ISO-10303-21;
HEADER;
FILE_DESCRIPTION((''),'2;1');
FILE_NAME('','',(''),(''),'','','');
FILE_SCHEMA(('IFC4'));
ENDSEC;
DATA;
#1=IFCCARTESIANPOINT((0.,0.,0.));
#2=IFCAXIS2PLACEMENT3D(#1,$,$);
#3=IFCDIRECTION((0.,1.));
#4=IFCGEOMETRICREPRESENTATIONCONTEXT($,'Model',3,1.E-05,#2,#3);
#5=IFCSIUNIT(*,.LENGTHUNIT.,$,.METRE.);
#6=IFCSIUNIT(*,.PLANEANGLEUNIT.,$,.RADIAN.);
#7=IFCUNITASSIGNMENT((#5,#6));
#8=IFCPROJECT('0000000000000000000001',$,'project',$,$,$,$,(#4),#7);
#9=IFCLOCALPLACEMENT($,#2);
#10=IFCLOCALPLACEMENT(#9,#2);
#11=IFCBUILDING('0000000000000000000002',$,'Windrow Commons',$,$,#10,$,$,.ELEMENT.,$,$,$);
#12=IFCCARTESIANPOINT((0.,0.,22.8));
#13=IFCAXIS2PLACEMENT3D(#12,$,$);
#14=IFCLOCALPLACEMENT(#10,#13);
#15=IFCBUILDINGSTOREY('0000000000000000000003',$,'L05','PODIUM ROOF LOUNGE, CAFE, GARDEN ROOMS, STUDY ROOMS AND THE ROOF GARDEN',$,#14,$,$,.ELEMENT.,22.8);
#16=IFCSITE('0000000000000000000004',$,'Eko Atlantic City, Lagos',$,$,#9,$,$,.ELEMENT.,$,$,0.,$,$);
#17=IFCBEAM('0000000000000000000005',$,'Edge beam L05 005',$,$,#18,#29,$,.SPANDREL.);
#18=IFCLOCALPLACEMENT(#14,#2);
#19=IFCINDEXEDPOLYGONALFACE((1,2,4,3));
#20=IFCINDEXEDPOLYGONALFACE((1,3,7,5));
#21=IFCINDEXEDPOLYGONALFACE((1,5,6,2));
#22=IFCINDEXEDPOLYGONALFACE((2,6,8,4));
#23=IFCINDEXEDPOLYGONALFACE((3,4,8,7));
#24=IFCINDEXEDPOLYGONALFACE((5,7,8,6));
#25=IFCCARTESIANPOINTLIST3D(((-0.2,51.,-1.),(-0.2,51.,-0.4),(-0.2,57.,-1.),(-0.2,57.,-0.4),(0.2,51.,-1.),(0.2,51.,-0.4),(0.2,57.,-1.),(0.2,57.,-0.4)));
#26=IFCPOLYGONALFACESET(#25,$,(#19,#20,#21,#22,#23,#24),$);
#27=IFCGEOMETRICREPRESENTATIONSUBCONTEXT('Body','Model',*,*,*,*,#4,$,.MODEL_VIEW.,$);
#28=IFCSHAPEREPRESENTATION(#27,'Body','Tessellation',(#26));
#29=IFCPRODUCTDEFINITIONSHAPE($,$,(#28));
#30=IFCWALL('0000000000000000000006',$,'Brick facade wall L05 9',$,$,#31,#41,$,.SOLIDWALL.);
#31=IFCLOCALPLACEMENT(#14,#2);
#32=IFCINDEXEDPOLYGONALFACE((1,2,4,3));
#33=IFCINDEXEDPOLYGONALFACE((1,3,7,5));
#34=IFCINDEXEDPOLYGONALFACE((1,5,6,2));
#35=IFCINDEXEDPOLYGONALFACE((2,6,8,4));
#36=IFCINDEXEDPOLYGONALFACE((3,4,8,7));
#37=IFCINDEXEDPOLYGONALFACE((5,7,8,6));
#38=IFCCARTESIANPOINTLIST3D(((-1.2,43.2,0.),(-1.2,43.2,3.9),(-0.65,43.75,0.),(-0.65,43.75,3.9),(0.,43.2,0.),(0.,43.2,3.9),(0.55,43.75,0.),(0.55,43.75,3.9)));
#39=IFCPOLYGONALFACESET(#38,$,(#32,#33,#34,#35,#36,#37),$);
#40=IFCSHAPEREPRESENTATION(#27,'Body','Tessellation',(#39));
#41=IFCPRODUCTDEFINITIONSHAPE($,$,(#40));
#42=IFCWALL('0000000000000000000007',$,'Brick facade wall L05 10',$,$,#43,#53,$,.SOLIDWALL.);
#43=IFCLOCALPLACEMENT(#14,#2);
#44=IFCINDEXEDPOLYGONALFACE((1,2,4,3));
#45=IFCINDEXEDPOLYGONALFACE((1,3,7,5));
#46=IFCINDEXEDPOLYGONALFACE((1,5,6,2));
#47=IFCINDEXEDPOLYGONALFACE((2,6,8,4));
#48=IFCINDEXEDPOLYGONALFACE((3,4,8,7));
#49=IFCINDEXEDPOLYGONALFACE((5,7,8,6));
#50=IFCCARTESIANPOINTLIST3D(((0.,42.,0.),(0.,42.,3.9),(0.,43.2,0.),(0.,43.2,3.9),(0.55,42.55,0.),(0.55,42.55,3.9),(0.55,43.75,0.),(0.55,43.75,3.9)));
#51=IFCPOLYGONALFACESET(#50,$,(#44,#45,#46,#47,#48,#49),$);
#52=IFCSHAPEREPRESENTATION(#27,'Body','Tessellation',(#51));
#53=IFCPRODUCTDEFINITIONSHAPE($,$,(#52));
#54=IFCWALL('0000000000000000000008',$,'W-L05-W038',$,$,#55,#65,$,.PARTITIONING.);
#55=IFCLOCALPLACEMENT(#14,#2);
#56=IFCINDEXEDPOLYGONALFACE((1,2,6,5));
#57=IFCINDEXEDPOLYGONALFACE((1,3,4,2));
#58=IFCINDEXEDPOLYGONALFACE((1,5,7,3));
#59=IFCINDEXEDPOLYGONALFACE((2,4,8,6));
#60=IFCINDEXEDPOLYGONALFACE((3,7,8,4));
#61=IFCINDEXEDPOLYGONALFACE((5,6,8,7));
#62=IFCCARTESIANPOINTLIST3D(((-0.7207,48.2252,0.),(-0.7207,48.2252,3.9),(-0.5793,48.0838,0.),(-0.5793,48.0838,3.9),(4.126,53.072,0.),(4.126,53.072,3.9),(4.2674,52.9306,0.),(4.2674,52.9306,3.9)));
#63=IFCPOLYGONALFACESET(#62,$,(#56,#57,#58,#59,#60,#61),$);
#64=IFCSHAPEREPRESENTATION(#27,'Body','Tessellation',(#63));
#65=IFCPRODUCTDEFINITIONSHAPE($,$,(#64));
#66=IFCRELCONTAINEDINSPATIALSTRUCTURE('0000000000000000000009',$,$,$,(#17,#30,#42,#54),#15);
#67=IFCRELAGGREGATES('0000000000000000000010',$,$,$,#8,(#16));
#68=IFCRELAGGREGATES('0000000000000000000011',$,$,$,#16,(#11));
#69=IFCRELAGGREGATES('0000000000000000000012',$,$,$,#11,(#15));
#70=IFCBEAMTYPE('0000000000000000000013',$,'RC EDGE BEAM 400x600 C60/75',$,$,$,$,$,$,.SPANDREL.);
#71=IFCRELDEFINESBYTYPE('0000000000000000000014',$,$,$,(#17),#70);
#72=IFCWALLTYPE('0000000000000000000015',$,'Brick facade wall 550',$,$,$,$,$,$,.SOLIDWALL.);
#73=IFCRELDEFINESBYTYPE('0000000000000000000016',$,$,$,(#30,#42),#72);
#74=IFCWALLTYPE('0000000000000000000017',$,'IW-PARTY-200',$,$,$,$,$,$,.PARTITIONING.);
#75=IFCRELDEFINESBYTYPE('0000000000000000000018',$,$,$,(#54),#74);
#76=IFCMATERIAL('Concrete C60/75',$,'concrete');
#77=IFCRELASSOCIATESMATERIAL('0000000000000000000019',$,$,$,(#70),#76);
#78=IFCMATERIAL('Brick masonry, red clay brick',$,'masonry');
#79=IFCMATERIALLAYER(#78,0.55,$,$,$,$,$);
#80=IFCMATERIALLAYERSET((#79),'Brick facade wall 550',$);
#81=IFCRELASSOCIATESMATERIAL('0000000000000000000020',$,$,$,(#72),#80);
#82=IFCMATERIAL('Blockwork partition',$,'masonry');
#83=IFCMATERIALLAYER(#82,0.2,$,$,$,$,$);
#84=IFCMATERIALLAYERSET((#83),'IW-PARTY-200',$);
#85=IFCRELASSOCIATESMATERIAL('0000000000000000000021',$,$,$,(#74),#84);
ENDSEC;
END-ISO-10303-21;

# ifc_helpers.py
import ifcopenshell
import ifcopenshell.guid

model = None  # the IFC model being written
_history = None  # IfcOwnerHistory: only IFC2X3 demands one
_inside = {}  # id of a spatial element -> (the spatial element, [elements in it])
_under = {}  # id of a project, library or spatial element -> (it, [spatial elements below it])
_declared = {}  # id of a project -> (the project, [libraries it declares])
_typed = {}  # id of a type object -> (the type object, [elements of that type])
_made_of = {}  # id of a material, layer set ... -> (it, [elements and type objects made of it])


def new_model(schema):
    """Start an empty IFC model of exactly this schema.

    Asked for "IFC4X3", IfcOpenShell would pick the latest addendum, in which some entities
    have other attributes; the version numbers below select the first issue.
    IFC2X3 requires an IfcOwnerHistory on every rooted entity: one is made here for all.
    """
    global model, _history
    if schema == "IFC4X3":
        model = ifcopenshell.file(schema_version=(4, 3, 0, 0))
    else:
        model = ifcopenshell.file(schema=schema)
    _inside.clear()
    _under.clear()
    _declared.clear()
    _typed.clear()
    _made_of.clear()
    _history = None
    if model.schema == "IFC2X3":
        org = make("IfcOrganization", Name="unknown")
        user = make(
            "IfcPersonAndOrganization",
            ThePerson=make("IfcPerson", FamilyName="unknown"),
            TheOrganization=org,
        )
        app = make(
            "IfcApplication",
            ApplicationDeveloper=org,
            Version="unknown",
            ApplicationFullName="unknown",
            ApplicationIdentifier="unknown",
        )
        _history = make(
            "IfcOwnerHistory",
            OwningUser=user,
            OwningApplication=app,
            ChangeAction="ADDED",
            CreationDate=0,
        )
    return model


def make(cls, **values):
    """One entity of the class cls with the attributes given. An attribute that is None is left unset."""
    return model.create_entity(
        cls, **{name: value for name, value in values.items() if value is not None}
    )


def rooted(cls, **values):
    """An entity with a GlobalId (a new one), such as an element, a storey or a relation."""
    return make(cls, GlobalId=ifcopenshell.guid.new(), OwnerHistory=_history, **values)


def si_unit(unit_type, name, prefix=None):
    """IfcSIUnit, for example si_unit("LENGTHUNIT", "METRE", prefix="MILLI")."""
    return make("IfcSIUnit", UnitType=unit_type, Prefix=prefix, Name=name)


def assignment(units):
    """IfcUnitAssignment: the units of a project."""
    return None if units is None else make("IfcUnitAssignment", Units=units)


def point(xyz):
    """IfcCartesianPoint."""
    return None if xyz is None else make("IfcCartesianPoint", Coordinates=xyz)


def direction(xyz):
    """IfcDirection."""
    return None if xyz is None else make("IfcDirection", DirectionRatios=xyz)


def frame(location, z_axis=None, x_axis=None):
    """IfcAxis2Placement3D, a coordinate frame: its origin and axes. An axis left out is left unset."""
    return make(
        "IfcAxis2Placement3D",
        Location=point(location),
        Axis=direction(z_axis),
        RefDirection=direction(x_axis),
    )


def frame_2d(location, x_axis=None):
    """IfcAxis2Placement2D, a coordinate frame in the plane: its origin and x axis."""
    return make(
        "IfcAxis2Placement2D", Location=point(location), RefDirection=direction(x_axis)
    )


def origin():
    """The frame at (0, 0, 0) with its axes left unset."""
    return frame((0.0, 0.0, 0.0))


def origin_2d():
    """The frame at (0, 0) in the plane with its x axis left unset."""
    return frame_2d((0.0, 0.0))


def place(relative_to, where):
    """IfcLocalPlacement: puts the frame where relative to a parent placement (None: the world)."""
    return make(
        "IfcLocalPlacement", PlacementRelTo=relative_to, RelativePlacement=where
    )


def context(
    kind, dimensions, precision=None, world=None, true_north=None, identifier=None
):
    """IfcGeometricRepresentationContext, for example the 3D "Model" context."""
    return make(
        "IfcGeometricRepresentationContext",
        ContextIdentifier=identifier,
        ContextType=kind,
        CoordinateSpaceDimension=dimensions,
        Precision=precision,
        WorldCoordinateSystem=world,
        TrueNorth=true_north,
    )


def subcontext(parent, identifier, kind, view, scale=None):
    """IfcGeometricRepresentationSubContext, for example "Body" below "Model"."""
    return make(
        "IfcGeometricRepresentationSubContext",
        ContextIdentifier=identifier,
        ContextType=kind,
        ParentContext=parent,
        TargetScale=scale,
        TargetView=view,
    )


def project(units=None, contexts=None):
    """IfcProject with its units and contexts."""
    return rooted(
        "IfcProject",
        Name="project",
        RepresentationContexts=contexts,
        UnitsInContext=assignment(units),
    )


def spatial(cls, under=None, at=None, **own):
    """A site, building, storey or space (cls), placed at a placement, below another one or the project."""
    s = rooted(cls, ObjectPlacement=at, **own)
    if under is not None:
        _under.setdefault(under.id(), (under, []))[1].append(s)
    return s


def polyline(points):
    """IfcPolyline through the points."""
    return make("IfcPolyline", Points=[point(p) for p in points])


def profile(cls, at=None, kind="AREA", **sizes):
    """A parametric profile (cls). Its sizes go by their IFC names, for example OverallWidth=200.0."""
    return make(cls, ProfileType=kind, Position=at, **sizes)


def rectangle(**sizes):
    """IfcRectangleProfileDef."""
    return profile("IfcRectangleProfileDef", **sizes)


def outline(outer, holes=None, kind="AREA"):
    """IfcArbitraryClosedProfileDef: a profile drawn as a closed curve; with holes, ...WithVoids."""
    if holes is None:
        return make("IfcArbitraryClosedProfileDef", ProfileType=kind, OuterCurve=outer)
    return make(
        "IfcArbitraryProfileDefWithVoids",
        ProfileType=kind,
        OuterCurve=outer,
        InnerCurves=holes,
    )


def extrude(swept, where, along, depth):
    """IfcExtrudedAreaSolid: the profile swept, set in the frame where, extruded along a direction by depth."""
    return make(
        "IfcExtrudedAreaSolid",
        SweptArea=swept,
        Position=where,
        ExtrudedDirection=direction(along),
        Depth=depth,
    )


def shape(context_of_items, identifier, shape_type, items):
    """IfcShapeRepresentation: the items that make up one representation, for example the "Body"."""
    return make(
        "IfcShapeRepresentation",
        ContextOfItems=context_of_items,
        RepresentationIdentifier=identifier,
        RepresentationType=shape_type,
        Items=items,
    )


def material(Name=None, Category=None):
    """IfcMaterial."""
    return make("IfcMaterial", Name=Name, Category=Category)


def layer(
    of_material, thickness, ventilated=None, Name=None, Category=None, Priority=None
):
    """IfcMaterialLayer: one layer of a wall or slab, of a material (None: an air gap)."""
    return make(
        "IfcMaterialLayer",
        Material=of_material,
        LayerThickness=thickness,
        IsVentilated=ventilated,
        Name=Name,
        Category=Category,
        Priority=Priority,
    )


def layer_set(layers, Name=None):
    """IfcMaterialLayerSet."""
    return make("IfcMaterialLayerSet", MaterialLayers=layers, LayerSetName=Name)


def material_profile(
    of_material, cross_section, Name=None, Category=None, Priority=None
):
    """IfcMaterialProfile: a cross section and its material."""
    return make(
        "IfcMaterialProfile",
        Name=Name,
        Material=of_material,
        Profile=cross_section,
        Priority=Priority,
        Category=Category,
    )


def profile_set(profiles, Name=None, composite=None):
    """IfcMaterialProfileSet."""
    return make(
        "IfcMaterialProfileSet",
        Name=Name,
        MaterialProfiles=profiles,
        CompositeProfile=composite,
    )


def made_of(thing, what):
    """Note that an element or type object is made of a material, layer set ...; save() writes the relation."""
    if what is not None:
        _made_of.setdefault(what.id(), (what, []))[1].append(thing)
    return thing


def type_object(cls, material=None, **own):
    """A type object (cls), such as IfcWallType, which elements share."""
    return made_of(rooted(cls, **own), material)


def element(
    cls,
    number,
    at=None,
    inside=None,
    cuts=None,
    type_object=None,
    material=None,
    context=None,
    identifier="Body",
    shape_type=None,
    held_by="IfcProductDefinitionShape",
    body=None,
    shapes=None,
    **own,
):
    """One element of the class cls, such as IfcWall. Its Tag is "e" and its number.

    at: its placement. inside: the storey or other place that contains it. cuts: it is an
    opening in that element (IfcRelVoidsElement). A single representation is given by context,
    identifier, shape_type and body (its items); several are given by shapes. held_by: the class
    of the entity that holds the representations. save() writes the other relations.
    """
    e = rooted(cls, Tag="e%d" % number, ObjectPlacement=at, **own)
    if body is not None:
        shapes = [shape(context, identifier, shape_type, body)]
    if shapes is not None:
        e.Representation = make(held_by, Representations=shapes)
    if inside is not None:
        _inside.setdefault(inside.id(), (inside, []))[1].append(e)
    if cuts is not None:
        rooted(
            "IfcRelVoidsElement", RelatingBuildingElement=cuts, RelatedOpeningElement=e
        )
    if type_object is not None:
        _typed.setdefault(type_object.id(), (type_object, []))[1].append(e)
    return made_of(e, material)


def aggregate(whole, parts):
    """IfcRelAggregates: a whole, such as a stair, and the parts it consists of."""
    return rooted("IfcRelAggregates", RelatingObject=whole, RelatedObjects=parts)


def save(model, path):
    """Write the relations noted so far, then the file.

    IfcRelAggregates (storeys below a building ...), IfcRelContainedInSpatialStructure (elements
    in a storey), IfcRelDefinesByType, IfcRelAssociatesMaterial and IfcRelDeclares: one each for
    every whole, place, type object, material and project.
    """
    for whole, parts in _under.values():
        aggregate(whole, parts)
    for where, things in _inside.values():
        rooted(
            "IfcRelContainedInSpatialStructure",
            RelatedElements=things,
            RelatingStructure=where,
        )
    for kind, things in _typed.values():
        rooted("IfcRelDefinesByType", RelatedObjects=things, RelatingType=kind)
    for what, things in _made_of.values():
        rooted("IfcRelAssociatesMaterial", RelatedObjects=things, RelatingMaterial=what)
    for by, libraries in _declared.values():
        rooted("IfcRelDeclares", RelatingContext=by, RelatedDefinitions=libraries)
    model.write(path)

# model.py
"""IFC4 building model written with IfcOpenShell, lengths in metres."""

from ifc_helpers import new_model, si_unit, direction, frame, frame_2d, origin, origin_2d, place, context, subcontext, project, spatial, polyline, rectangle, outline, extrude, material, layer, layer_set, material_profile, profile_set, type_object, element, save


model = new_model("IFC4")

# Units and contexts
model_context = context("Model", 3, precision=1e-05, world=origin(), true_north=direction((0.0, 1.0)))
body_context = subcontext(model_context, "Body", "Model", "MODEL_VIEW")
ifc_project = project(units=[si_unit("LENGTHUNIT", "METRE"), si_unit("PLANEANGLEUNIT", "RADIAN")], contexts=[model_context])

# Site, building, storey
site_placement = place(None, origin())
site = spatial("IfcSite", under=ifc_project, at=site_placement, Name="Eko Atlantic City, Lagos", CompositionType="ELEMENT", RefElevation=0.0)
building_placement = place(site_placement, origin())
building = spatial("IfcBuilding", under=site, at=building_placement, Name="Windrow Commons", CompositionType="ELEMENT")
storey_placement = place(building_placement, frame((0.0, 0.0, 22.8)))
storey = spatial("IfcBuildingStorey", under=building, at=storey_placement, Name="L05", Description="PODIUM ROOF LOUNGE, CAFE, GARDEN ROOMS, STUDY ROOMS AND THE ROOF GARDEN", CompositionType="ELEMENT", Elevation=22.8)

# Beam
ifc_material_1 = material(Name="Concrete C60/75", Category="concrete")
ifc_material_profile = material_profile(ifc_material_1, rectangle(XDim=0.4, YDim=0.6, at=origin_2d()))
ifc_profile_set = profile_set([ifc_material_profile], Name="Concrete C60/75")
beam_type = type_object("IfcBeamType", Name="RC EDGE BEAM 400x600 C60/75", PredefinedType="SPANDREL", material=ifc_profile_set)
beam_placement = place(storey_placement, frame((0.0, 51.0, -0.7), z_axis=(0.0, 1.0, 0.0), x_axis=(-1.0, 0.0, 0.0)))
element("IfcBeam", 1, at=beam_placement, inside=storey, type_object=beam_type, Name="Edge beam L05 005", PredefinedType="SPANDREL", context=body_context, shape_type="SweptSolid", body=[
    extrude(rectangle(XDim=0.4, YDim=0.6, at=origin_2d()), origin(), (0.0, 0.0, 1.0), 6.0),
])

# Walls
ifc_material_2 = material(Name="Brick masonry, red clay brick", Category="masonry")
ifc_layer_1 = layer(ifc_material_2, 0.55)
ifc_layer_set_1 = layer_set([ifc_layer_1], Name="Brick facade wall 550")
wall_type_1 = type_object("IfcWallType", Name="Brick facade wall 550", PredefinedType="SOLIDWALL", material=ifc_layer_set_1)
wall_1_placement = place(storey_placement, frame((-0.925, 43.475, 0.0), z_axis=(0.0, 0.0, 1.0), x_axis=(1.0, 0.0, 0.0)))
element("IfcWall", 2, at=wall_1_placement, inside=storey, type_object=wall_type_1, Name="Brick facade wall L05 9", PredefinedType="SOLIDWALL", context=body_context, shape_type="SweptSolid", body=[
    extrude(outline(polyline([(-0.275, -0.275), (0.925, -0.275), (1.475, 0.275), (0.275, 0.275), (-0.275, -0.275)])), origin(), (0.0, 0.0, 1.0), 3.9),
])
wall_2_placement = place(storey_placement, frame((0.275, 43.475, 0.0), z_axis=(0.0, 0.0, 1.0), x_axis=(0.0, -1.0, 0.0)))
element("IfcWall", 3, at=wall_2_placement, inside=storey, type_object=wall_type_1, Name="Brick facade wall L05 10", PredefinedType="SOLIDWALL", context=body_context, shape_type="SweptSolid", body=[
    extrude(outline(polyline([(0.275, -0.275), (1.475, -0.275), (0.925, 0.275), (-0.275, 0.275), (0.275, -0.275)])), origin(), (0.0, 0.0, 1.0), 3.9),
])
ifc_material_3 = material(Name="Blockwork partition", Category="masonry")
ifc_layer_2 = layer(ifc_material_3, 0.2)
ifc_layer_set_2 = layer_set([ifc_layer_2], Name="IW-PARTY-200")
wall_type_2 = type_object("IfcWallType", Name="IW-PARTY-200", PredefinedType="PARTITIONING", material=ifc_layer_set_2)
wall_3_placement = place(storey_placement, frame((-0.65, 48.1545, 0.0), z_axis=(0.0, 0.0, 1.0), x_axis=(0.707099, 0.707114, 0.0)))
element("IfcWall", 4, at=wall_3_placement, inside=storey, type_object=wall_type_2, Name="W-L05-W038", PredefinedType="PARTITIONING", context=body_context, shape_type="SweptSolid", body=[
    extrude(rectangle(XDim=6.8543, YDim=0.2, at=frame_2d((3.4272, 0.0))), origin(), (0.0, 0.0, 1.0), 3.9),
])

save(model, "model.ifc")
